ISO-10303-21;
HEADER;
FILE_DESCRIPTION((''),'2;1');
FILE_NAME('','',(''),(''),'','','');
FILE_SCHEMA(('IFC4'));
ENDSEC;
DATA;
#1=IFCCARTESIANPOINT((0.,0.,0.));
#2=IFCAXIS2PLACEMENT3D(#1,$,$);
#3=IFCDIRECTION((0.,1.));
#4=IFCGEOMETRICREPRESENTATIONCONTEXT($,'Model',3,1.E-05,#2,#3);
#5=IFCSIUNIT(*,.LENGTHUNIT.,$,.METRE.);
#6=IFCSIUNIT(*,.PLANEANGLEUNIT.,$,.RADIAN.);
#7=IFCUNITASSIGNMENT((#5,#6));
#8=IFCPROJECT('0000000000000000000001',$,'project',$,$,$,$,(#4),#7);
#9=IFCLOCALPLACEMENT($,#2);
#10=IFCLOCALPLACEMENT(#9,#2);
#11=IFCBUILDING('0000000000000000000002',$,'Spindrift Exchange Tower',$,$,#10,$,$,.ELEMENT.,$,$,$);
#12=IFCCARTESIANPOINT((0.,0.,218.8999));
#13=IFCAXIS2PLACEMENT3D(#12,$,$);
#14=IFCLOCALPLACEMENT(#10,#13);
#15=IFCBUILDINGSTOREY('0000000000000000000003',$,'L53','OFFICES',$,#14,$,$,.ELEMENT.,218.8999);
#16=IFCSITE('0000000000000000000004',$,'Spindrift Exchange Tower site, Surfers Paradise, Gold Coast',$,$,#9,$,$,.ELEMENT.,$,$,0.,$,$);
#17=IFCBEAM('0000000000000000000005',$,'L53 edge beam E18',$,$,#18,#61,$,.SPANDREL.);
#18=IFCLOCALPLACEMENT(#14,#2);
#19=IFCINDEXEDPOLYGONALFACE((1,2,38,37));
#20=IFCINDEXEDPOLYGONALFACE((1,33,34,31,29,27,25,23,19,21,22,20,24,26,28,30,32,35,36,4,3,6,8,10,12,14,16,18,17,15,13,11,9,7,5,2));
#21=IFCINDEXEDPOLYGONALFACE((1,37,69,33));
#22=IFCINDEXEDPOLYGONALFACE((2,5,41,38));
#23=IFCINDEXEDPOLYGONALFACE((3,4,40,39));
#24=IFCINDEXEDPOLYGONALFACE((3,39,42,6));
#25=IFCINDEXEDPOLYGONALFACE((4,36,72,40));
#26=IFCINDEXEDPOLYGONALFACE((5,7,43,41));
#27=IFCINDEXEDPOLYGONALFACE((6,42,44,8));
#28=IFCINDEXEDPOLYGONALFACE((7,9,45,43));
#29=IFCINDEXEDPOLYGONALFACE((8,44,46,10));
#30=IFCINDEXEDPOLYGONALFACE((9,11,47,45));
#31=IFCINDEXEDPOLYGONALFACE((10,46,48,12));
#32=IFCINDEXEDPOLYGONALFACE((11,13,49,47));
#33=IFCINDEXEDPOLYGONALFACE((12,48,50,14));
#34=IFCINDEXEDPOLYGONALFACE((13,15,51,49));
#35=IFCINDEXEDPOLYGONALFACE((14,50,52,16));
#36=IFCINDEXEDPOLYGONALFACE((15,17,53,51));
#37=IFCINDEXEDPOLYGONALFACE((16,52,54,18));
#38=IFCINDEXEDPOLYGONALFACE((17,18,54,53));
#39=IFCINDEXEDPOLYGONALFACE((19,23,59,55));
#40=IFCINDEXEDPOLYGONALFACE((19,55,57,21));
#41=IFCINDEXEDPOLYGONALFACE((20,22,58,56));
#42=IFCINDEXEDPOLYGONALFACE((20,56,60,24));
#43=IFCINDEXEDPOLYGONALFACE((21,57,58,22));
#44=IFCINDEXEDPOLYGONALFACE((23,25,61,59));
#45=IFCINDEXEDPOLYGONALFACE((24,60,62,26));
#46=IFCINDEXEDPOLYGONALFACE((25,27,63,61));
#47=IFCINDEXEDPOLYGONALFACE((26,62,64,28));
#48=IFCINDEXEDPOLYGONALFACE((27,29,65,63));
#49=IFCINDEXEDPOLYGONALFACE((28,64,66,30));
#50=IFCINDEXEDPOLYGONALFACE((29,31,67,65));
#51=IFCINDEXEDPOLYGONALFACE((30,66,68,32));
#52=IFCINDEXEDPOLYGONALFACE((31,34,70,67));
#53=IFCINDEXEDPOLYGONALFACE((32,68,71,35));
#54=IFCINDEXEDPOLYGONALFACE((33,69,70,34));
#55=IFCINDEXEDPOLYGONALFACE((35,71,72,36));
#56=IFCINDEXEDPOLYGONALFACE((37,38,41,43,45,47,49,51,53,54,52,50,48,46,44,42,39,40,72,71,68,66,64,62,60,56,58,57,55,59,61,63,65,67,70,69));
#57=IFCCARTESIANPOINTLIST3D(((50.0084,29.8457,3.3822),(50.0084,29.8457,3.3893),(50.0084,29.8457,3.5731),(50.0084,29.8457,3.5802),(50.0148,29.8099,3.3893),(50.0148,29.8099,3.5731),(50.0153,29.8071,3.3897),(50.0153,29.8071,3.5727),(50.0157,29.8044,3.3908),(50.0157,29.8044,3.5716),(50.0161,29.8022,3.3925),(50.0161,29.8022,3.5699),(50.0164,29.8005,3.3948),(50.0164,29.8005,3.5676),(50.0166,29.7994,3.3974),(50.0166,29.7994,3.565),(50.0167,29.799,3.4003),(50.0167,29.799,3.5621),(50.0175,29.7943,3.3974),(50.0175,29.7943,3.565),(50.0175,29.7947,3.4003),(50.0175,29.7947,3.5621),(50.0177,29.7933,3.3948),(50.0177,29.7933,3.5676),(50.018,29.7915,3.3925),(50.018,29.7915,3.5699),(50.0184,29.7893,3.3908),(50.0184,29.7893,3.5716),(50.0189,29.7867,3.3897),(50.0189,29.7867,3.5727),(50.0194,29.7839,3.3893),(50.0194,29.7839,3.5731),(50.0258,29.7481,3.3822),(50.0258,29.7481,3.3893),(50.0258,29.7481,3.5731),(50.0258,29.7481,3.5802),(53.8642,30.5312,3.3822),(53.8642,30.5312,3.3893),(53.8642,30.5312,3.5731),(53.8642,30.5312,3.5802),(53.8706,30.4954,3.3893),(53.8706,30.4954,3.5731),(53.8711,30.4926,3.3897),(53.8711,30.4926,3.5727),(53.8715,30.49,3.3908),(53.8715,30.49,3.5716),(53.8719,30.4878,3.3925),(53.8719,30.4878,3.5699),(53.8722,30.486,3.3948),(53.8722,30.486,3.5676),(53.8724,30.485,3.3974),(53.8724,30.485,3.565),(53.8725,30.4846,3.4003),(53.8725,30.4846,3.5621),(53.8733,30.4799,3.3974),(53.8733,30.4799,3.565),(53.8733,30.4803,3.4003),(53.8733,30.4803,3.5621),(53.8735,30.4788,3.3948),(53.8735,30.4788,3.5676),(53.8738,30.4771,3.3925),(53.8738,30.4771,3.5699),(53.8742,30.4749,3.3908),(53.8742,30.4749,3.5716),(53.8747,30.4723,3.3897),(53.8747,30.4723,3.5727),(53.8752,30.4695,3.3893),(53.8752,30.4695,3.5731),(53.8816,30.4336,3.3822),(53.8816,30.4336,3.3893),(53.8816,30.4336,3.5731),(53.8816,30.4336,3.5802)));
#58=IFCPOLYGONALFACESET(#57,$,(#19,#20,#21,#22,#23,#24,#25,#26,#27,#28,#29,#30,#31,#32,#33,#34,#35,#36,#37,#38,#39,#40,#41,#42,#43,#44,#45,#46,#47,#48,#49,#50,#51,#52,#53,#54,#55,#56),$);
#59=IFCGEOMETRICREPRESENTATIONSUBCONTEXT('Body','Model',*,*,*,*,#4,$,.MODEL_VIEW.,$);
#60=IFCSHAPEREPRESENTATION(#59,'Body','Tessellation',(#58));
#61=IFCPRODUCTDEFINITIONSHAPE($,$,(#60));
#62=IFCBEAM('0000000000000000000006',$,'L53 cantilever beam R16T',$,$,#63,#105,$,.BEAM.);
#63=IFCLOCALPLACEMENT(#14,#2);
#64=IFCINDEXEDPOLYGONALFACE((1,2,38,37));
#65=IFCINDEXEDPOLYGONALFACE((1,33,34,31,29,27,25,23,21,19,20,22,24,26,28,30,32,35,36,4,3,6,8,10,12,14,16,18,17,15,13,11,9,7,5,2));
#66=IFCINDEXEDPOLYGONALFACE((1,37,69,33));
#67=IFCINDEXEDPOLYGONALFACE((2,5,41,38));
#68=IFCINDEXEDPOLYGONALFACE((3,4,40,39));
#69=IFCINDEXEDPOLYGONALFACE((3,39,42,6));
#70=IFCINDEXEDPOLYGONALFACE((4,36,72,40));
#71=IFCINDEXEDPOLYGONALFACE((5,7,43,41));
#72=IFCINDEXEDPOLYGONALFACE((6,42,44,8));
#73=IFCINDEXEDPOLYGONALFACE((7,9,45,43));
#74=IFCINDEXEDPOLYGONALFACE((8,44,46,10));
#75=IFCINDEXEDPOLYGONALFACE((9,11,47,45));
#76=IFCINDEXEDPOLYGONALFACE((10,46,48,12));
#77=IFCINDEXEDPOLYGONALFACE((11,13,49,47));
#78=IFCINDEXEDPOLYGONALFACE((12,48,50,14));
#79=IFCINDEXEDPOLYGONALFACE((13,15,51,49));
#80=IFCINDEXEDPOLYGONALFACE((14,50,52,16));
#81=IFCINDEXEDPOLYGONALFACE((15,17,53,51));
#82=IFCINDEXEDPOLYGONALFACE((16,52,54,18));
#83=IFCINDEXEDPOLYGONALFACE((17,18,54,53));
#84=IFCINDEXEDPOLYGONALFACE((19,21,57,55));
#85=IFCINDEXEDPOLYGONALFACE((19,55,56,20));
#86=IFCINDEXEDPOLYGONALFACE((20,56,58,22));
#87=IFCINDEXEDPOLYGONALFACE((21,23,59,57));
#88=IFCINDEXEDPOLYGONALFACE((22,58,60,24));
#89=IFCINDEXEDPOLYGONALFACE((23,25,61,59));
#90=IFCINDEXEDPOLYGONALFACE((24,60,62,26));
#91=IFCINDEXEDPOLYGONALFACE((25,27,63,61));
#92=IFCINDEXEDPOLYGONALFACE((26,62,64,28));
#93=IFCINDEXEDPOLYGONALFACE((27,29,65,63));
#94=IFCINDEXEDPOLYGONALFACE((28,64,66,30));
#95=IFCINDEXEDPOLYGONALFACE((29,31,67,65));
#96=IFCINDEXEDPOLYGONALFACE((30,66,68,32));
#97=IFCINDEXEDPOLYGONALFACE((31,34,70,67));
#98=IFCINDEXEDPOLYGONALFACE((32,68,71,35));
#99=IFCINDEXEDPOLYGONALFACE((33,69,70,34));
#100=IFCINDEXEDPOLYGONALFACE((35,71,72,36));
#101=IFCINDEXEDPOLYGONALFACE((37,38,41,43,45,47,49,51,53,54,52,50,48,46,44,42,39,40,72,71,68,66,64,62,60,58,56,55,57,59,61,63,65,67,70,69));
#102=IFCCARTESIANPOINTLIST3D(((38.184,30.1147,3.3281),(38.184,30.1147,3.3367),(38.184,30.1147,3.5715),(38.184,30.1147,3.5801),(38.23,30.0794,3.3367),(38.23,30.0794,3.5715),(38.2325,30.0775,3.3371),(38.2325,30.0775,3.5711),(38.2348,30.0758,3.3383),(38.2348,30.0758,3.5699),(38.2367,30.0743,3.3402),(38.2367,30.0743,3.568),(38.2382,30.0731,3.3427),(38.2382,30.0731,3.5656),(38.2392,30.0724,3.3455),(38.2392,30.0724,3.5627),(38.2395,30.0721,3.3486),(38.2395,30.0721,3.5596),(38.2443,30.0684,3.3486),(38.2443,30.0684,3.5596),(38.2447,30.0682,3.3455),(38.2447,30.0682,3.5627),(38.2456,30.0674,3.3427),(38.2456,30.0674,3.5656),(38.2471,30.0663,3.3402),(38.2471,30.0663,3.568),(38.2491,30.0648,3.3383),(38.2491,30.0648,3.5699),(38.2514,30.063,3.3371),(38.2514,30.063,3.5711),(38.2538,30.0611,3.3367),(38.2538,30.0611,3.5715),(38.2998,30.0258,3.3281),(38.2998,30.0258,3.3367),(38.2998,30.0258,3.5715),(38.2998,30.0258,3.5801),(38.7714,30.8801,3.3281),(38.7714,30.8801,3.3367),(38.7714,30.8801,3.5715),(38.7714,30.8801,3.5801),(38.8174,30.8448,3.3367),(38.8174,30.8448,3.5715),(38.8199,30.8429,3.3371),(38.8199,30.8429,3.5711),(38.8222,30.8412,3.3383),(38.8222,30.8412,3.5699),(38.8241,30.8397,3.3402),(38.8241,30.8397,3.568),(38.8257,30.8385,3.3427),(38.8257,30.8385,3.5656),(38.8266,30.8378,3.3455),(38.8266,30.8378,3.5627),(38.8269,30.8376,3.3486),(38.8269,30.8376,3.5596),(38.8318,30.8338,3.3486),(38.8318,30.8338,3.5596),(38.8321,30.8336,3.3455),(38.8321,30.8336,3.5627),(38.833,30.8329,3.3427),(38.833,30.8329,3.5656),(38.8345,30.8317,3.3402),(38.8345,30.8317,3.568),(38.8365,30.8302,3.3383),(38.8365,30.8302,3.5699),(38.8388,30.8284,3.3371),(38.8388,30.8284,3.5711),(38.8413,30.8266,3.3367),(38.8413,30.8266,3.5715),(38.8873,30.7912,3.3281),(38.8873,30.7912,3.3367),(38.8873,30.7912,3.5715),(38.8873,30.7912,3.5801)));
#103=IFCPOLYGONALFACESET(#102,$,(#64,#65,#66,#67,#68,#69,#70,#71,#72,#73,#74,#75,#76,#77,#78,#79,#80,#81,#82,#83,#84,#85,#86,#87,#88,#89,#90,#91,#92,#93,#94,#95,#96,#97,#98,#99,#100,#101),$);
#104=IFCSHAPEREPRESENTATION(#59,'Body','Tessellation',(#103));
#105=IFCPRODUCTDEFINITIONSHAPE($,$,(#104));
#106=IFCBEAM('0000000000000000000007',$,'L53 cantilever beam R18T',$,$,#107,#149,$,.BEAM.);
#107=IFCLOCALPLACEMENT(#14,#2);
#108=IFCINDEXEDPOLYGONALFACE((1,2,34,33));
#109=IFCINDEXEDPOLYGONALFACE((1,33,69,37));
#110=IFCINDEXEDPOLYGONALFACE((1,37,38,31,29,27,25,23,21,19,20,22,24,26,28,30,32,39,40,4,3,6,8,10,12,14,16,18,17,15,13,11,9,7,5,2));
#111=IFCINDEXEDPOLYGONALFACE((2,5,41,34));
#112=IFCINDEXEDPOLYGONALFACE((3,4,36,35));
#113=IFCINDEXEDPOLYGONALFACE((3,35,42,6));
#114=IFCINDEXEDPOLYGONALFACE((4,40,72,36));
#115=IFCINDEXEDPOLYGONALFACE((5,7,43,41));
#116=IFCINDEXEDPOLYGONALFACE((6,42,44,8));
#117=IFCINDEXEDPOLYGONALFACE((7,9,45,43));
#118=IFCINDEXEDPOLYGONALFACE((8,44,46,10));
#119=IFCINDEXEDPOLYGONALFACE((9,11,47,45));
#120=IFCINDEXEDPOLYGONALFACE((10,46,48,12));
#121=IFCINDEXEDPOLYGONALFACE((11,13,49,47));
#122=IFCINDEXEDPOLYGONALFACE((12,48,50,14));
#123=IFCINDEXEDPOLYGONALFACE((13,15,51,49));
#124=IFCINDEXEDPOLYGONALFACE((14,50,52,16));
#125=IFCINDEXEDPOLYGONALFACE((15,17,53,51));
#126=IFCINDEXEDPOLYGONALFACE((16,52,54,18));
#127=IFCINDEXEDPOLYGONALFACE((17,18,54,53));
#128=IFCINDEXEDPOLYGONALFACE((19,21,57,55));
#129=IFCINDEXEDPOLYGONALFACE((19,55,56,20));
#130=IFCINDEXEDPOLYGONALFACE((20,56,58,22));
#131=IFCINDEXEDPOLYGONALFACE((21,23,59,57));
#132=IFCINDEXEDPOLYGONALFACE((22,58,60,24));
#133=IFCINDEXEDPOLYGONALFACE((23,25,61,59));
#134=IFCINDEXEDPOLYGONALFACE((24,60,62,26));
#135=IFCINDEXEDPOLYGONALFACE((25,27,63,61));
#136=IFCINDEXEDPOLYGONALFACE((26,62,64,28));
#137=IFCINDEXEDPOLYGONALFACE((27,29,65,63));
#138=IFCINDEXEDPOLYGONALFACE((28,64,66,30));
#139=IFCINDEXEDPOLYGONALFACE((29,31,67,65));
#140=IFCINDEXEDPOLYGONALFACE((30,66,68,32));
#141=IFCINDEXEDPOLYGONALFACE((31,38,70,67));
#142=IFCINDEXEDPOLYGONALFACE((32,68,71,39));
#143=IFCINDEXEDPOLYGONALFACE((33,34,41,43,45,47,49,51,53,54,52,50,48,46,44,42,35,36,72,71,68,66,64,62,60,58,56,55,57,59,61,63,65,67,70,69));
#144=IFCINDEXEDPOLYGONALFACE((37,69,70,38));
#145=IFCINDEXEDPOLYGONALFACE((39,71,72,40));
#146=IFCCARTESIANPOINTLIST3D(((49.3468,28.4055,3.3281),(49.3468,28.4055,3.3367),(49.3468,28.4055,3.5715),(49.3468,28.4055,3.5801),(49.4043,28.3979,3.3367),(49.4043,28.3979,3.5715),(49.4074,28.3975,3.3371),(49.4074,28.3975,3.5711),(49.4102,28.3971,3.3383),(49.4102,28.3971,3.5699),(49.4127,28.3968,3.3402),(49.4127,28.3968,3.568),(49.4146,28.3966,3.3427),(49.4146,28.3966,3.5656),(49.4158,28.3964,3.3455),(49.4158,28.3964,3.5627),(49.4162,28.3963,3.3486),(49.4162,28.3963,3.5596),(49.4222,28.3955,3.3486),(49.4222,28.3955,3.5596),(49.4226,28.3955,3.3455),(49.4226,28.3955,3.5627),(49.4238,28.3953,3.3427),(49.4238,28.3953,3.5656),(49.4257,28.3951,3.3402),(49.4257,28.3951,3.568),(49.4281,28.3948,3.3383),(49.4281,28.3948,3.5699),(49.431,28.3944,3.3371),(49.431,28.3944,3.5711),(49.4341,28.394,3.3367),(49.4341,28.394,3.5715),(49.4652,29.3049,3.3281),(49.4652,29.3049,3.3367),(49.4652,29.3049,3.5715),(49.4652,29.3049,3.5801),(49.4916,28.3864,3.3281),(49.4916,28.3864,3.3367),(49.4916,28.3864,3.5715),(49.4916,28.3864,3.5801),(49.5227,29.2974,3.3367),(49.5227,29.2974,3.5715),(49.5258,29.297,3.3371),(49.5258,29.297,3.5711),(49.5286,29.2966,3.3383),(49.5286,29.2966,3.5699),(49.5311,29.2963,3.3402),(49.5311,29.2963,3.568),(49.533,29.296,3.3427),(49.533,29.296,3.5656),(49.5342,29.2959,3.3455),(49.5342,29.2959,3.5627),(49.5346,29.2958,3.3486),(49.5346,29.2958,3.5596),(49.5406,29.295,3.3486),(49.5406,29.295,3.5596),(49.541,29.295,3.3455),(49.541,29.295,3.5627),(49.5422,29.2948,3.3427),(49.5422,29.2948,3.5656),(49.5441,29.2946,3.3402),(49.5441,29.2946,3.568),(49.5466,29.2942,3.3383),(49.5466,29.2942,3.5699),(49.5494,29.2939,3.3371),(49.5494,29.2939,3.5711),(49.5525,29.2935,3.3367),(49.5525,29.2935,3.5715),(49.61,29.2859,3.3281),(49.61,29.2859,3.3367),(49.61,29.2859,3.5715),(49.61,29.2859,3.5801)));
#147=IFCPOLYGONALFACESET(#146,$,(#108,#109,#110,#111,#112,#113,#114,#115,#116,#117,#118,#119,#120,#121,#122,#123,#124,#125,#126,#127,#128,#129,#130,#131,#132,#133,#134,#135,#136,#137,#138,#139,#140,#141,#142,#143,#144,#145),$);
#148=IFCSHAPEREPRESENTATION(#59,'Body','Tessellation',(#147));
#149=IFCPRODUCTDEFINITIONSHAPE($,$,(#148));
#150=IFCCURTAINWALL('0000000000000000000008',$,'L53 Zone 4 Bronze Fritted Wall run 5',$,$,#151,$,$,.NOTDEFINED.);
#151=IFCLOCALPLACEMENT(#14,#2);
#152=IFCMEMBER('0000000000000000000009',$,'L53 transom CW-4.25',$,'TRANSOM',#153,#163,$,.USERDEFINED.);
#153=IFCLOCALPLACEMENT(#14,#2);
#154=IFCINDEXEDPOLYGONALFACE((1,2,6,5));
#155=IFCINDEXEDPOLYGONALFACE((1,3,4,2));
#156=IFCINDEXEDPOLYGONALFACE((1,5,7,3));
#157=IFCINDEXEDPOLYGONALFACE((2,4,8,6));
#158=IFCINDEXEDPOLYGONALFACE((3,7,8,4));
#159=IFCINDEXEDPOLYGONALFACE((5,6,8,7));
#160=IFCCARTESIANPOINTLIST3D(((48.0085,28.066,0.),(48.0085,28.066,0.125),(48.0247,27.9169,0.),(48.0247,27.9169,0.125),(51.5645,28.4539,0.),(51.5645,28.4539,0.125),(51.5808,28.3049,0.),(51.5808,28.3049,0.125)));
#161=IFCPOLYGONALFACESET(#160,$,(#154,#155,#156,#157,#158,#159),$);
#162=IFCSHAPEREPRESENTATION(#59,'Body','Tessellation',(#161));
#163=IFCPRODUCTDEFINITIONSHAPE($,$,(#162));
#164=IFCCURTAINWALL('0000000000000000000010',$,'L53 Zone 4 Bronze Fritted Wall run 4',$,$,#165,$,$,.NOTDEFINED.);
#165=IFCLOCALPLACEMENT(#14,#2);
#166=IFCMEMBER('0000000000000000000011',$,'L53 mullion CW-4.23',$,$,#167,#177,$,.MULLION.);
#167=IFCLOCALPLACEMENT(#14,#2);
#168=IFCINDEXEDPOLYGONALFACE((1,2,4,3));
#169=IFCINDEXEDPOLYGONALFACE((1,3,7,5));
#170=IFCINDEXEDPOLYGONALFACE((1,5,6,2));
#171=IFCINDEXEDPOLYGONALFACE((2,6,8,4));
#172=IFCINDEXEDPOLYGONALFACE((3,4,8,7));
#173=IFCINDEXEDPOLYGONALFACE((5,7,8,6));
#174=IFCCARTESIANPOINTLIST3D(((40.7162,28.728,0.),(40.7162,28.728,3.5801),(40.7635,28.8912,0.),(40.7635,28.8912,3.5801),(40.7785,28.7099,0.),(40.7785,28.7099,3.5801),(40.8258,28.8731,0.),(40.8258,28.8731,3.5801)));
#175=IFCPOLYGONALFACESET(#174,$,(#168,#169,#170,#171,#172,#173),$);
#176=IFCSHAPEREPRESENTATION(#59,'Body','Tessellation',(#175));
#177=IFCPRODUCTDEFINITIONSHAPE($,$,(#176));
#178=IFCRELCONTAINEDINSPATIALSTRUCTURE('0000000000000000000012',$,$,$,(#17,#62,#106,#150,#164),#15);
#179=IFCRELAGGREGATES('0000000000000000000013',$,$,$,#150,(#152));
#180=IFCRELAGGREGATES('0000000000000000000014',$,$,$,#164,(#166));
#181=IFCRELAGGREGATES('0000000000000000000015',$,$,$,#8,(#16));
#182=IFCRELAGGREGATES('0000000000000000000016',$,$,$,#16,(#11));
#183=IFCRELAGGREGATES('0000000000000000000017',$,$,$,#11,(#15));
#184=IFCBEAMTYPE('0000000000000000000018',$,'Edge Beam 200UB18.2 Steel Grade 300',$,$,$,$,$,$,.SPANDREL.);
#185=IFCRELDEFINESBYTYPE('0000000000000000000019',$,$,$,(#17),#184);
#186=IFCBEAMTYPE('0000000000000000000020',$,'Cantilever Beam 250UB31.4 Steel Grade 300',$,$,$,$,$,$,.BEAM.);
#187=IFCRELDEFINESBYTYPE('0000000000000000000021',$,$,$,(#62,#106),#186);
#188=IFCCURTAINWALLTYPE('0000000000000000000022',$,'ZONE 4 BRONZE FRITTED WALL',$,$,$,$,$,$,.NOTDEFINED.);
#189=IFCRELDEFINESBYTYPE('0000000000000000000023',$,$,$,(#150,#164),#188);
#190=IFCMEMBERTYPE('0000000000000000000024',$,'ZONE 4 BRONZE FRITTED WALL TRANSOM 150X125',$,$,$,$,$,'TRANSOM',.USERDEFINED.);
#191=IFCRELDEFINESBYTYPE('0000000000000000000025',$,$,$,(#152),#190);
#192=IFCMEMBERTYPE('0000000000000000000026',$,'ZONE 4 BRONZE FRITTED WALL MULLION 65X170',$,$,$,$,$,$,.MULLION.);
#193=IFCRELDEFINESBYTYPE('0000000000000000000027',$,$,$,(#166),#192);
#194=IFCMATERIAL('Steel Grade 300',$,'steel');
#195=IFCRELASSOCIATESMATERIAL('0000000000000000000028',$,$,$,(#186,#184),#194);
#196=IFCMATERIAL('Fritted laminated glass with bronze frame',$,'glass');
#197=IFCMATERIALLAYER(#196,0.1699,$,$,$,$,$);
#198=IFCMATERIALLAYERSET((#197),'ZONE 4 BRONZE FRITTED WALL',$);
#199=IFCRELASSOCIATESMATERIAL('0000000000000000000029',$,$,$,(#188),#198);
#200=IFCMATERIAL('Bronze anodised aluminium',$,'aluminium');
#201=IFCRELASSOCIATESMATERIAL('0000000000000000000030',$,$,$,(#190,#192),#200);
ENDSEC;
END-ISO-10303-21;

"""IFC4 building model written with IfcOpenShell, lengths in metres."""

from ifc_helpers import new_model, si_unit, direction, frame, origin, origin_2d, place, context, subcontext, project, spatial, rectangle, i_section, extrude, source, transform, mapped, material, layer, layer_set, material_profile, profile_set, type_object, element, aggregate, save


model = new_model("IFC4")

# Units and contexts
model_context = context("Model", 3, precision=1e-05, world=origin(), true_north=direction((0.0, 1.0)))
body_context = subcontext(model_context, "Body", "Model", "MODEL_VIEW")
ifc_project = project(units=[si_unit("LENGTHUNIT", "METRE"), si_unit("PLANEANGLEUNIT", "RADIAN")], contexts=[model_context])

# Site, building, storey
site_placement = place(None, origin())
site = spatial("IfcSite", under=ifc_project, at=site_placement, Name="Spindrift Exchange Tower site, Surfers Paradise, Gold Coast", CompositionType="ELEMENT", RefElevation=0.0)
building_placement = place(site_placement, origin())
building = spatial("IfcBuilding", under=site, at=building_placement, Name="Spindrift Exchange Tower", CompositionType="ELEMENT")
storey_placement = place(building_placement, frame((0.0, 0.0, 218.8999)))
storey = spatial("IfcBuildingStorey", under=building, at=storey_placement, Name="L53", Description="OFFICES", CompositionType="ELEMENT", Elevation=218.8999)

# Beams
ifc_material_1 = material(Name="Steel Grade 300", Category="steel")
ifc_material_profile_1 = material_profile(ifc_material_1, i_section(OverallWidth=0.146, OverallDepth=0.252, WebThickness=0.0061, FlangeThickness=0.0085, FilletRadius=0.012, at=origin_2d()), Name="250UB31.4")
ifc_profile_set_1 = profile_set([ifc_material_profile_1], Name="Steel Grade 300")
beam_type_1 = type_object("IfcBeamType", Name="Cantilever Beam 250UB31.4 Steel Grade 300", PredefinedType="BEAM", material=ifc_profile_set_1)
ifc_material_profile_2 = material_profile(ifc_material_1, i_section(OverallWidth=0.0991, OverallDepth=0.198, WebThickness=0.0044, FlangeThickness=0.0071, FilletRadius=0.011, at=origin_2d()), Name="200UB18.2")
ifc_profile_set_2 = profile_set([ifc_material_profile_2], Name="Steel Grade 300")
beam_type_2 = type_object("IfcBeamType", Name="Edge Beam 200UB18.2 Steel Grade 300", PredefinedType="SPANDREL", material=ifc_profile_set_2)
shared_shape_1 = source(origin(), body_context, "Body", "SweptSolid", [
    extrude(i_section(OverallWidth=0.0991, OverallDepth=0.198, WebThickness=0.0044, FlangeThickness=0.0071, FilletRadius=0.011, at=origin_2d()), origin(), (0.0, 0.0, 1.0), 3.9163),
])
beam_1_placement = place(storey_placement, frame((50.0171, 29.7969, 3.4812), z_axis=(0.984559, 0.175055, 0.0), x_axis=(-0.175055, 0.984559, 0.0)))
element("IfcBeam", 1, at=beam_1_placement, inside=storey, type_object=beam_type_2, Name="L53 edge beam E18", PredefinedType="SPANDREL", context=body_context, shape_type="MappedRepresentation", body=[
    mapped(shared_shape_1, transform((0.0, 0.0, 0.0), scale=1.0)),
])
shared_shape_2 = source(origin(), body_context, "Body", "SweptSolid", [
    extrude(i_section(OverallWidth=0.146, OverallDepth=0.252, WebThickness=0.0061, FlangeThickness=0.0085, FilletRadius=0.012, at=origin_2d()), origin(), (0.0, 0.0, 1.0), 0.9648),
])
beam_2_placement = place(storey_placement, frame((38.8293, 30.8357, 3.4541), z_axis=(-0.60883, -0.793301, 0.0), x_axis=(0.793301, -0.60883, 0.0)))
element("IfcBeam", 2, at=beam_2_placement, inside=storey, type_object=beam_type_1, Name="L53 cantilever beam R16T", PredefinedType="BEAM", context=body_context, shape_type="MappedRepresentation", body=[
    mapped(shared_shape_2, transform((0.0, 0.0, 0.0), scale=1.0)),
])
shared_shape_3 = source(origin(), body_context, "Body", "SweptSolid", [
    extrude(i_section(OverallWidth=0.146, OverallDepth=0.252, WebThickness=0.0061, FlangeThickness=0.0085, FilletRadius=0.012, at=origin_2d()), origin(), (0.0, 0.0, 1.0), 0.9072),
])
beam_3_placement = place(storey_placement, frame((49.5376, 29.2954, 3.4541), z_axis=(-0.130524, -0.991445, 0.0), x_axis=(0.991445, -0.130524, 0.0)))
element("IfcBeam", 3, at=beam_3_placement, inside=storey, type_object=beam_type_1, Name="L53 cantilever beam R18T", PredefinedType="BEAM", context=body_context, shape_type="MappedRepresentation", body=[
    mapped(shared_shape_3, transform((0.0, 0.0, 0.0), scale=1.0)),
])

# Curtain wall, member
ifc_material_2 = material(Name="Fritted laminated glass with bronze frame", Category="glass")
ifc_layer_1 = layer(ifc_material_2, 0.1699)
ifc_layer_set_1 = layer_set([ifc_layer_1], Name="ZONE 4 BRONZE FRITTED WALL")
curtain_wall_type = type_object("IfcCurtainWallType", Name="ZONE 4 BRONZE FRITTED WALL", PredefinedType="NOTDEFINED", material=ifc_layer_set_1)
curtain_wall_1_placement = place(storey_placement, origin())
curtain_wall_1 = element("IfcCurtainWall", 4, at=curtain_wall_1_placement, inside=storey, type_object=curtain_wall_type, Name="L53 Zone 4 Bronze Fritted Wall run 5", PredefinedType="NOTDEFINED")
ifc_material_3 = material(Name="Bronze anodised aluminium", Category="aluminium")
ifc_material_profile_3 = material_profile(ifc_material_3, rectangle(XDim=0.1499, YDim=0.125, at=origin_2d()), Name="ZONE 4 BRONZE FRITTED WALL TRANSOM 150X125")
ifc_profile_set_3 = profile_set([ifc_material_profile_3], Name="Bronze anodised aluminium")
member_type_1 = type_object("IfcMemberType", Name="ZONE 4 BRONZE FRITTED WALL TRANSOM 150X125", ElementType="TRANSOM", PredefinedType="USERDEFINED", material=ifc_profile_set_3)
shared_shape_4 = source(origin(), body_context, "Body", "SweptSolid", [
    extrude(rectangle(XDim=0.1499, YDim=0.125, at=origin_2d()), origin(), (0.0, 0.0, 1.0), 3.5771),
])
member_1_placement = place(storey_placement, frame((48.0166, 27.9915, 0.0625), z_axis=(0.994102, 0.108446, 0.0), x_axis=(-0.108446, 0.994102, 0.0)))
member_1 = element("IfcMember", 5, at=member_1_placement, type_object=member_type_1, Name="L53 transom CW-4.25", ObjectType="TRANSOM", PredefinedType="USERDEFINED", context=body_context, shape_type="MappedRepresentation", body=[
    mapped(shared_shape_4, transform((0.0, 0.0, 0.0), scale=1.0)),
])

# Curtain wall, member
curtain_wall_2_placement = place(storey_placement, origin())
curtain_wall_2 = element("IfcCurtainWall", 6, at=curtain_wall_2_placement, inside=storey, type_object=curtain_wall_type, Name="L53 Zone 4 Bronze Fritted Wall run 4", PredefinedType="NOTDEFINED")
ifc_material_profile_4 = material_profile(ifc_material_3, rectangle(XDim=0.0649, YDim=0.1699, at=origin_2d()), Name="ZONE 4 BRONZE FRITTED WALL MULLION 65X170")
ifc_profile_set_4 = profile_set([ifc_material_profile_4], Name="Bronze anodised aluminium")
member_type_2 = type_object("IfcMemberType", Name="ZONE 4 BRONZE FRITTED WALL MULLION 65X170", PredefinedType="MULLION", material=ifc_profile_set_4)
shared_shape_5 = source(origin(), body_context, "Body", "SweptSolid", [
    extrude(rectangle(XDim=0.0649, YDim=0.1699, at=origin_2d()), origin(), (0.0, 0.0, 1.0), 3.5801),
])
member_2_placement = place(storey_placement, frame((40.771, 28.8005, 0.0), z_axis=(0.0, 0.0, 1.0), x_axis=(0.960483, -0.278339, 0.0)))
member_2 = element("IfcMember", 7, at=member_2_placement, type_object=member_type_2, Name="L53 mullion CW-4.23", PredefinedType="MULLION", context=body_context, shape_type="MappedRepresentation", body=[
    mapped(shared_shape_5, transform((0.0, 0.0, 0.0), scale=1.0)),
])

aggregate(curtain_wall_1, [member_1])
aggregate(curtain_wall_2, [member_2])

save(model, "model.ifc")
